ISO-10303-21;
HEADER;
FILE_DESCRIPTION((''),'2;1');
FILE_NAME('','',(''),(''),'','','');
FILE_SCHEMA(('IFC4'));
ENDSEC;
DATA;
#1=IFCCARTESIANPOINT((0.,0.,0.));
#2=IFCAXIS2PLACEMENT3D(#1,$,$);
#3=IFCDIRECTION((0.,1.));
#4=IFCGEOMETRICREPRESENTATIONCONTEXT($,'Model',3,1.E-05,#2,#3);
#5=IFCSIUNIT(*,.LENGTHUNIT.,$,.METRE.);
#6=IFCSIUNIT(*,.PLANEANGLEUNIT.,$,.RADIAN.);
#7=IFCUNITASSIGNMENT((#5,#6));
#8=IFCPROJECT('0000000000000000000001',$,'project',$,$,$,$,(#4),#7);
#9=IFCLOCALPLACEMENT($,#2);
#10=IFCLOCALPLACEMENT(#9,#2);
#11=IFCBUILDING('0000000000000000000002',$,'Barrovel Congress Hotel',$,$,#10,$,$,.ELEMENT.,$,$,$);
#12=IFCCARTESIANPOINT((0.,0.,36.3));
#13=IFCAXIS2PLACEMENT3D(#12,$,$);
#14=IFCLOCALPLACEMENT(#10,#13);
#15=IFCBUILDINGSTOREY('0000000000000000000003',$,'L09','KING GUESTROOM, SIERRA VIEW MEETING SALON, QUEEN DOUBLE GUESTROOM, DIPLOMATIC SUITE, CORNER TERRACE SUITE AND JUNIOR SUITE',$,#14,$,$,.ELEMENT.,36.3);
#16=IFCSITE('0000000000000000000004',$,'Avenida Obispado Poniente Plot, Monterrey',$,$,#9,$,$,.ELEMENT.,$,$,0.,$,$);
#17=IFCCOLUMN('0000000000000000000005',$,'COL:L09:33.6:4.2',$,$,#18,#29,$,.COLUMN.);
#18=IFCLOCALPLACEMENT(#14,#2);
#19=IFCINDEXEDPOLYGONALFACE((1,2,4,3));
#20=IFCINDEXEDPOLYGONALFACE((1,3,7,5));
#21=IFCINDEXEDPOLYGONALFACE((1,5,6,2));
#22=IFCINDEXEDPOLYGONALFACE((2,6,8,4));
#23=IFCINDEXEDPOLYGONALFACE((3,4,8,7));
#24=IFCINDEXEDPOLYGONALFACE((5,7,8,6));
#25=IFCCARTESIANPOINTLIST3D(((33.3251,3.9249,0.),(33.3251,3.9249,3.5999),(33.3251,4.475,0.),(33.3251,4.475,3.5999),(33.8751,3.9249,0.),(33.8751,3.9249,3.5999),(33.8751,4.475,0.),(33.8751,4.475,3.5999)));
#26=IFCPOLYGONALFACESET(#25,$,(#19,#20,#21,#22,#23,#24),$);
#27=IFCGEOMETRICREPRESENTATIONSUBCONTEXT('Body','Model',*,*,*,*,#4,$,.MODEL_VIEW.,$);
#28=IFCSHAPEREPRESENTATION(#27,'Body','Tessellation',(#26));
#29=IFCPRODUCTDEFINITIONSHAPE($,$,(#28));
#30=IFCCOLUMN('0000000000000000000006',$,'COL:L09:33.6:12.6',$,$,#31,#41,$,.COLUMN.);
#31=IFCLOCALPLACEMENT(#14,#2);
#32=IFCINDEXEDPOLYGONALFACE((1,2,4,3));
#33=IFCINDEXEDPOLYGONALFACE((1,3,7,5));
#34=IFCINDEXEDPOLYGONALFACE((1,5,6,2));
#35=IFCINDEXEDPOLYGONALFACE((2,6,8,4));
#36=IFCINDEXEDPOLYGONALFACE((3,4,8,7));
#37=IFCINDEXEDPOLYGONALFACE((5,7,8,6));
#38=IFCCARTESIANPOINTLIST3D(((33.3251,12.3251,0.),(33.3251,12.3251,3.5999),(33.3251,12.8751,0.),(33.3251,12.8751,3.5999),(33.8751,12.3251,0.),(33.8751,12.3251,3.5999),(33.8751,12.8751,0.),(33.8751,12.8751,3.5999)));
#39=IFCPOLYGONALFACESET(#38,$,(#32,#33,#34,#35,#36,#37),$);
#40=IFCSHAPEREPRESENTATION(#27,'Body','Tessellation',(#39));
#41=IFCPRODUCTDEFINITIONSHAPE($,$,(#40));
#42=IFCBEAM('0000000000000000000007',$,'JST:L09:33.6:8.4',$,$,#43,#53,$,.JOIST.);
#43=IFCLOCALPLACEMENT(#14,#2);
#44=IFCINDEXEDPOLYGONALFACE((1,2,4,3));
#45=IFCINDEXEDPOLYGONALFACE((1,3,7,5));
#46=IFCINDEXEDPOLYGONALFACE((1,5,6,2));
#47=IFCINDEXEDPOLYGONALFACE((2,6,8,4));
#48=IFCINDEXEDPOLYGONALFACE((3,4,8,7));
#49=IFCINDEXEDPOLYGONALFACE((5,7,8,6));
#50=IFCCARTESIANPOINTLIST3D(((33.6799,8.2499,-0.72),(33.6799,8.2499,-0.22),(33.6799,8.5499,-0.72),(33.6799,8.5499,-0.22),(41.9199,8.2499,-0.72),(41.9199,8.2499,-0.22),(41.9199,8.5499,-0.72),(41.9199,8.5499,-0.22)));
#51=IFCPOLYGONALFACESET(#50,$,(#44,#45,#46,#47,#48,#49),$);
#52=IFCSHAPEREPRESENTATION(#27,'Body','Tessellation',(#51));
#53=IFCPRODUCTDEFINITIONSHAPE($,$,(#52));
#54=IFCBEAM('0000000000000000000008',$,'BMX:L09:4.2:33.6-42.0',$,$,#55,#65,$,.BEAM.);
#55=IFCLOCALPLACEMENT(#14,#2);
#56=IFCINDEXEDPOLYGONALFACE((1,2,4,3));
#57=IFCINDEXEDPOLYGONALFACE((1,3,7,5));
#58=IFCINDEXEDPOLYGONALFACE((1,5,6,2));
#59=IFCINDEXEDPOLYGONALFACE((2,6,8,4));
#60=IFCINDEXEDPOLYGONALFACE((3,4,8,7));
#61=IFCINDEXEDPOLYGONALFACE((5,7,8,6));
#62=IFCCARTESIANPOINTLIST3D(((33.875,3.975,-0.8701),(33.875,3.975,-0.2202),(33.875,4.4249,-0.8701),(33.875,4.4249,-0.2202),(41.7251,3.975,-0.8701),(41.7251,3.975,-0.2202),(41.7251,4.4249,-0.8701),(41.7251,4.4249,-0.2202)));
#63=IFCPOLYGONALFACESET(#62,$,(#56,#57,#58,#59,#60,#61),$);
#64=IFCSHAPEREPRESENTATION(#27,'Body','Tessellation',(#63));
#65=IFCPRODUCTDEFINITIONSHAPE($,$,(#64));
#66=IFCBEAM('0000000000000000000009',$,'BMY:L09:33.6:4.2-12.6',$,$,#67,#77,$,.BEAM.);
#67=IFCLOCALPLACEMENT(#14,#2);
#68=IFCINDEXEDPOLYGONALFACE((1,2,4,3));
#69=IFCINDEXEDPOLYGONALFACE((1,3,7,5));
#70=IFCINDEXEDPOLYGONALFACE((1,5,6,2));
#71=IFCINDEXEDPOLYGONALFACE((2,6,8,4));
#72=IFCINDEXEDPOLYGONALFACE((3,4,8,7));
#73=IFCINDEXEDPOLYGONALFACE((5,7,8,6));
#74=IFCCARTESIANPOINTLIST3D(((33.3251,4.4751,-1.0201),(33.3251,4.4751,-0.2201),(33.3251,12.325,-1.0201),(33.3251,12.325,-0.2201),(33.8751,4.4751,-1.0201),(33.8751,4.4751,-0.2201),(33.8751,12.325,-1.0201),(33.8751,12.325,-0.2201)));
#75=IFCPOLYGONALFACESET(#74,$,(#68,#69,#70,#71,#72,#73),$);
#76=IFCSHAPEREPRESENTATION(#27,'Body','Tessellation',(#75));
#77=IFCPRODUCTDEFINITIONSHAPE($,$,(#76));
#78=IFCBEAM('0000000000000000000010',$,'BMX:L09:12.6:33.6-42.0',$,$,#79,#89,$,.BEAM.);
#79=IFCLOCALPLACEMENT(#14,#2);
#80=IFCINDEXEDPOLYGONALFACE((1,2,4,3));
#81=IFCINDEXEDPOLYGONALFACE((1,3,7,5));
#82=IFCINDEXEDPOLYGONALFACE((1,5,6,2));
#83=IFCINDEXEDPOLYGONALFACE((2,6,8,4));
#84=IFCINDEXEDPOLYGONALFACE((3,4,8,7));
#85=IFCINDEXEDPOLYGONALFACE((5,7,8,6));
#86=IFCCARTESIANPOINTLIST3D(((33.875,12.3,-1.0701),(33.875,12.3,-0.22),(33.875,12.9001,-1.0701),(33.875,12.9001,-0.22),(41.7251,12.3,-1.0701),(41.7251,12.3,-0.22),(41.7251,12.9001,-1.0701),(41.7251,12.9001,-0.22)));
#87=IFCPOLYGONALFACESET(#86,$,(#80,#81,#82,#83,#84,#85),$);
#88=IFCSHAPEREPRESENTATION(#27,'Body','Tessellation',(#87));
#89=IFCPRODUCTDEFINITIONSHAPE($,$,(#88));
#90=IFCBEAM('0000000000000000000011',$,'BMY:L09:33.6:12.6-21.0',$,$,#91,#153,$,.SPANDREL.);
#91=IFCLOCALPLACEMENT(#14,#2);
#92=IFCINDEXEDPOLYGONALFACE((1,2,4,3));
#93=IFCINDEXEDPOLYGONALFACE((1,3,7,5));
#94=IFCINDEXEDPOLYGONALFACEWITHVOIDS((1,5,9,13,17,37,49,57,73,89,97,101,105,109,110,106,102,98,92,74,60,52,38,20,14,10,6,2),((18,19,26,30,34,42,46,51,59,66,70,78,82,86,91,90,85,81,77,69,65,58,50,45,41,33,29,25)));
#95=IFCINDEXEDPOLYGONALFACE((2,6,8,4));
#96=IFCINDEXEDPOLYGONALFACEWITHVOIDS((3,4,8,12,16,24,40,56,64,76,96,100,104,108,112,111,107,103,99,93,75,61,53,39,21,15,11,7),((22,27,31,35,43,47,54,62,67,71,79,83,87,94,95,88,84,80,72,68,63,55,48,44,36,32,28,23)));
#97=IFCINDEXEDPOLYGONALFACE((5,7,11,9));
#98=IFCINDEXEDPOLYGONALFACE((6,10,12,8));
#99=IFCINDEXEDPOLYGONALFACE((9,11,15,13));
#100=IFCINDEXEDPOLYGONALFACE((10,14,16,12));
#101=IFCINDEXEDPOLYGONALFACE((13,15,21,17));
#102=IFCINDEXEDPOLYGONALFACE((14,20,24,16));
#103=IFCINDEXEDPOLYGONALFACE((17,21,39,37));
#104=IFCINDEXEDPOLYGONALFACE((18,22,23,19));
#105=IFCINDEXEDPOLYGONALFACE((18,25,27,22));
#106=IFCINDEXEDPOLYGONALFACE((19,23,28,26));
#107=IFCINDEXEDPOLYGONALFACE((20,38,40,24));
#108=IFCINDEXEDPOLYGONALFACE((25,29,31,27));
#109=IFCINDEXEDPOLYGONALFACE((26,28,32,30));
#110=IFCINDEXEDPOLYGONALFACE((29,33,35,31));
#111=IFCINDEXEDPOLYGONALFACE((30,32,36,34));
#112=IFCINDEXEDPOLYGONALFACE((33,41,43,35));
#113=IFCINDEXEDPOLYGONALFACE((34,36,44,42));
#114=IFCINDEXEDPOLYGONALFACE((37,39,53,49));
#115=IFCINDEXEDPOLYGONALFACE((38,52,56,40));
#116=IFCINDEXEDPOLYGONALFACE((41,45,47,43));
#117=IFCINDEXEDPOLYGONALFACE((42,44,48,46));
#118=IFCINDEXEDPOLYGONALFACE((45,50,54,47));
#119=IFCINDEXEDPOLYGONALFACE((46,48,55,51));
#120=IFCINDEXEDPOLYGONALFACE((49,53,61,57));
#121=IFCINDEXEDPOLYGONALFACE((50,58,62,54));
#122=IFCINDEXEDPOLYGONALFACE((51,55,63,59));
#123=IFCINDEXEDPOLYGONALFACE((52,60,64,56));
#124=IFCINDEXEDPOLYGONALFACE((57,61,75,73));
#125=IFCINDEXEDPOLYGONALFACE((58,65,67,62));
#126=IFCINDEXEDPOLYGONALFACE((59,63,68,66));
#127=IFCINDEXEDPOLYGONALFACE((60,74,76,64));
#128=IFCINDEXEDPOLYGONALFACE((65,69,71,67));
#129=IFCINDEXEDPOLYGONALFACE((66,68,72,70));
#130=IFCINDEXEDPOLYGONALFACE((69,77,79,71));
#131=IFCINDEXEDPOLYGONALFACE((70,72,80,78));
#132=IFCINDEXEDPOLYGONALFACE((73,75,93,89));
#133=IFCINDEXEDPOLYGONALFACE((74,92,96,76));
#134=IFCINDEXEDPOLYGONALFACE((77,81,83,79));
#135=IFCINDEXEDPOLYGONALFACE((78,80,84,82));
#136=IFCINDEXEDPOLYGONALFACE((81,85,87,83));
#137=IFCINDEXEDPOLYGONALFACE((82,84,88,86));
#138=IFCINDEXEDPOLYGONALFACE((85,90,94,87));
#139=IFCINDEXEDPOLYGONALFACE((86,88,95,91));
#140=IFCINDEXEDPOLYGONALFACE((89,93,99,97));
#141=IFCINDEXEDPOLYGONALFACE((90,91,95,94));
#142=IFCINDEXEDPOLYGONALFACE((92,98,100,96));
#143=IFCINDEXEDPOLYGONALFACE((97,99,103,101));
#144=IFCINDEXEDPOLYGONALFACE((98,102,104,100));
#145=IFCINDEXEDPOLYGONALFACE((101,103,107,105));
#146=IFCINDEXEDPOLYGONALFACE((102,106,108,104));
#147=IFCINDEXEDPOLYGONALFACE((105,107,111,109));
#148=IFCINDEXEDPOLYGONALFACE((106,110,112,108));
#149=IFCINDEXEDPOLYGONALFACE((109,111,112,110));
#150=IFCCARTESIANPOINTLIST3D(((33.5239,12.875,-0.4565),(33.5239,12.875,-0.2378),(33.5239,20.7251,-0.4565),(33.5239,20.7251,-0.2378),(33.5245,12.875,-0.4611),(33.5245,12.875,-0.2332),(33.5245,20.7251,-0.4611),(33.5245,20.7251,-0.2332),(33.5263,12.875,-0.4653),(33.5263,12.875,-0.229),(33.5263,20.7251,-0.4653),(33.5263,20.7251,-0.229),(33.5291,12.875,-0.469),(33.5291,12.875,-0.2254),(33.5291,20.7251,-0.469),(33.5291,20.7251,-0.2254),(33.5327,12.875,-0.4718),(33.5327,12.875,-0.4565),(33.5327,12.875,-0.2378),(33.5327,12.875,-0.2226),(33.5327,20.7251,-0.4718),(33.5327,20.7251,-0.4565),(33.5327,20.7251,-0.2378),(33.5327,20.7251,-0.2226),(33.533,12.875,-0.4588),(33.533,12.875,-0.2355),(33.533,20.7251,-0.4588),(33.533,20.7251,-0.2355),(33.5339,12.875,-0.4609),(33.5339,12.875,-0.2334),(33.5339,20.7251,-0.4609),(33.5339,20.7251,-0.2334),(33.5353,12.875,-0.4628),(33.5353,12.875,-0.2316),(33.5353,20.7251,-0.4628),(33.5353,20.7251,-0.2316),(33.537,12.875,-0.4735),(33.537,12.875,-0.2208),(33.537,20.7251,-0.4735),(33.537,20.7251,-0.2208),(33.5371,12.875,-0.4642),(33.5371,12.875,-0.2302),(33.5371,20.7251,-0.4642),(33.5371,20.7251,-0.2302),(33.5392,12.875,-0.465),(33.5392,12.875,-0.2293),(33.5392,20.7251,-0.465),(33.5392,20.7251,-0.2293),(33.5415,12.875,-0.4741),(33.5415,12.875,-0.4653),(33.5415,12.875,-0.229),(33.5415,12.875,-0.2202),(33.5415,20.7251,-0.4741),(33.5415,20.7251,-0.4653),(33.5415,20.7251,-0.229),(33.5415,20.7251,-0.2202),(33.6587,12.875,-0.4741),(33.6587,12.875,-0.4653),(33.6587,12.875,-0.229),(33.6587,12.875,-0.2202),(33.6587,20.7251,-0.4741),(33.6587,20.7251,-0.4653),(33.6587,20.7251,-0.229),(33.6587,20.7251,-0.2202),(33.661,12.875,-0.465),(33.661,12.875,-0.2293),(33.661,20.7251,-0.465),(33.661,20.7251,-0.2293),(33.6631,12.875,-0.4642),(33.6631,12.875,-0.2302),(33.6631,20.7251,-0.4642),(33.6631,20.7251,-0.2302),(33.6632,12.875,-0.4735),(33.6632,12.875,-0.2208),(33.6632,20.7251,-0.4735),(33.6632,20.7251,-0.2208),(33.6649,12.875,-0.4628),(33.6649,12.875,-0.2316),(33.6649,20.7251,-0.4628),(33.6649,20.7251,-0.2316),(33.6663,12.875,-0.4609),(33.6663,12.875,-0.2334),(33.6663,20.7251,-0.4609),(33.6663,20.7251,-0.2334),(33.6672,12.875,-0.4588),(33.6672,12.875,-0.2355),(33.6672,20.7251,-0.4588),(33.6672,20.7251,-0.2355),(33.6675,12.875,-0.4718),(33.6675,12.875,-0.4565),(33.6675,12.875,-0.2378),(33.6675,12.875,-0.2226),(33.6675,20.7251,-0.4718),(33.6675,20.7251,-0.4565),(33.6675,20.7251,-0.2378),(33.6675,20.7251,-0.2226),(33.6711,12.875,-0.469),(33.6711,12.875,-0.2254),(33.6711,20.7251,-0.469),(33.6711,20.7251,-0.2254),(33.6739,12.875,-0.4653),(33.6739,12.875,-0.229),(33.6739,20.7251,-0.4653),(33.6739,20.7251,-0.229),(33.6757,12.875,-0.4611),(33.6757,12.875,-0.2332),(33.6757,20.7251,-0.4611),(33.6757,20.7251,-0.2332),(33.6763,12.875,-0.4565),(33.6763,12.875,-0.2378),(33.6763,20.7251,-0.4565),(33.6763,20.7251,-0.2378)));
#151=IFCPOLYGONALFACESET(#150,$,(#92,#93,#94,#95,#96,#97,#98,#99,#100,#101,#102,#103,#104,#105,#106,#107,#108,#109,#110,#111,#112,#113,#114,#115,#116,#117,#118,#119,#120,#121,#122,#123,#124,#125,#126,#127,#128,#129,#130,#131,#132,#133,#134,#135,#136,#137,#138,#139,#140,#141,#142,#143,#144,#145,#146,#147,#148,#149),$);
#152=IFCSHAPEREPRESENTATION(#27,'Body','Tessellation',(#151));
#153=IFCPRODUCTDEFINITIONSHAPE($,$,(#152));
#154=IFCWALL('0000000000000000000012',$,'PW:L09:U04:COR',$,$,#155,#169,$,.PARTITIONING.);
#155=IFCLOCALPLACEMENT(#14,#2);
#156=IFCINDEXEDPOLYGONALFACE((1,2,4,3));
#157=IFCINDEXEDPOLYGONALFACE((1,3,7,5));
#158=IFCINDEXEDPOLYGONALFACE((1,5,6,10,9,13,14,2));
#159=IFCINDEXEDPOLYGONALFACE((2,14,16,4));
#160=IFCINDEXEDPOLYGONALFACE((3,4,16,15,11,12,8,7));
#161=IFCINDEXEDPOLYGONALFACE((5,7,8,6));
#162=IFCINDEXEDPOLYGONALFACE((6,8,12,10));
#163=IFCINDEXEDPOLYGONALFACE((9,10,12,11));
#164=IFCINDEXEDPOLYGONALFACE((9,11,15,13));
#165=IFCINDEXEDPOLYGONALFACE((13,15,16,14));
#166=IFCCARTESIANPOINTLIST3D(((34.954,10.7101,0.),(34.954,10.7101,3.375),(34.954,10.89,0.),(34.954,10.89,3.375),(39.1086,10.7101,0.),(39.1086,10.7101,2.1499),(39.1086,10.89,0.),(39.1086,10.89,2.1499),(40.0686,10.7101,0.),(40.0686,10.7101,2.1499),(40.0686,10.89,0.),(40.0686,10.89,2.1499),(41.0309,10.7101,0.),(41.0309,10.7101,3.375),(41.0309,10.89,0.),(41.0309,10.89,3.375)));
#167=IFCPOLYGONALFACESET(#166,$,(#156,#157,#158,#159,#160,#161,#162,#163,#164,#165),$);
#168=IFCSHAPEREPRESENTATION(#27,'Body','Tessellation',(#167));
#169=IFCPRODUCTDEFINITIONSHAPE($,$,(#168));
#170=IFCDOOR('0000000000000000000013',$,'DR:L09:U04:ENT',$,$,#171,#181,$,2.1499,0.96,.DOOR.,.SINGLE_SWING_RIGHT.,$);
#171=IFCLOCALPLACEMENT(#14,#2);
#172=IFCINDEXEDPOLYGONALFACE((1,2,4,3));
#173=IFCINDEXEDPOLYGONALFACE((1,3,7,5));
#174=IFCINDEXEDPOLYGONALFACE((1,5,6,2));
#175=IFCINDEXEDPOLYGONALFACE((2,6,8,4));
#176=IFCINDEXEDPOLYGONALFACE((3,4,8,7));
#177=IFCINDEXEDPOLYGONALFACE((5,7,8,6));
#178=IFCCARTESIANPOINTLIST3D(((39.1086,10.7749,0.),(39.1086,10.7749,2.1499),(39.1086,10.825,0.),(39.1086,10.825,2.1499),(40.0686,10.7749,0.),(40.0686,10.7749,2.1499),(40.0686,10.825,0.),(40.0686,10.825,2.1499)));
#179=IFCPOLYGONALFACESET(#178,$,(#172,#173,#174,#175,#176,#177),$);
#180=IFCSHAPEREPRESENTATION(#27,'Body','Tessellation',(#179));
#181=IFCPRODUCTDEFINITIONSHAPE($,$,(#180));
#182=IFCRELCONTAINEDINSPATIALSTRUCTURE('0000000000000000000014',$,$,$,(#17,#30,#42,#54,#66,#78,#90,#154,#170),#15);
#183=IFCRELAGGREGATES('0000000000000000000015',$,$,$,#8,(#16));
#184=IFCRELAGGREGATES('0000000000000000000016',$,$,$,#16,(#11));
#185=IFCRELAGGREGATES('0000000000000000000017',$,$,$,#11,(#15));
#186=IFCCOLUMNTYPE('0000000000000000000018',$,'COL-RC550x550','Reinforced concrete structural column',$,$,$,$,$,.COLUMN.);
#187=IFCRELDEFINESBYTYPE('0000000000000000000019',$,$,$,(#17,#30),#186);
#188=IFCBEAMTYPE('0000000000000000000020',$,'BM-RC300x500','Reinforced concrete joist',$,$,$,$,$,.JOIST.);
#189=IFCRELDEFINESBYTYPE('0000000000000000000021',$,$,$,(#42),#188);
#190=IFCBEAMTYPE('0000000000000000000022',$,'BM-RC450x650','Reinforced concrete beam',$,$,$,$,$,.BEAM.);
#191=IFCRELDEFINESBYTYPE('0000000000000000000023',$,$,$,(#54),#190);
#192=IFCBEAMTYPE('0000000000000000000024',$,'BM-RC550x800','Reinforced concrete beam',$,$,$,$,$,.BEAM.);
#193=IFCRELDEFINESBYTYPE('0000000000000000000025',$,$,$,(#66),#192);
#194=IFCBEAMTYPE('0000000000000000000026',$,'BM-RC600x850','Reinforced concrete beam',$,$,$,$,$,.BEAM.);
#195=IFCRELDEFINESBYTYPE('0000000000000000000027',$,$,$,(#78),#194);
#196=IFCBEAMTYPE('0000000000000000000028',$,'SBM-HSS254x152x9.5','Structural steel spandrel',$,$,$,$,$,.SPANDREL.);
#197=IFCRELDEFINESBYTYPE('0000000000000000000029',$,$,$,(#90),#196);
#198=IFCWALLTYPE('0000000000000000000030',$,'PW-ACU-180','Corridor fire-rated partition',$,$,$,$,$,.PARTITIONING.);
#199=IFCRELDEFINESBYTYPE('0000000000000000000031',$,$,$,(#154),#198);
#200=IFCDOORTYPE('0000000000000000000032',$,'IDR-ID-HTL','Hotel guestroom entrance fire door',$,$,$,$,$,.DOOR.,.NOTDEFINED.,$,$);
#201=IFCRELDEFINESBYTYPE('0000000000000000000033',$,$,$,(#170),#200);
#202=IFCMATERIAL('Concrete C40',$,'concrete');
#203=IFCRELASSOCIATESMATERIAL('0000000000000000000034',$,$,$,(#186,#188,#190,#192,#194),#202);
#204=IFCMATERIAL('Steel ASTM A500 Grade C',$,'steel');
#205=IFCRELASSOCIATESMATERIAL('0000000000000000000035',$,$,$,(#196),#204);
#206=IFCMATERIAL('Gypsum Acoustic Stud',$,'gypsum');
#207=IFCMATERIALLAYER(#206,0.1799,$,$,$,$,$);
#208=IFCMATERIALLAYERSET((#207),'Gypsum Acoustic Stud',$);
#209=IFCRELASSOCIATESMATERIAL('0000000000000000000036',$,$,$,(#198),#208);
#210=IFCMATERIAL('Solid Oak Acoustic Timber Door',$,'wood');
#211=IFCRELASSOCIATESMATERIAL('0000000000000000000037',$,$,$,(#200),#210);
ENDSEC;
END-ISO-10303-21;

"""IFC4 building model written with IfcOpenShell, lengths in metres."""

from ifc_helpers import new_model, si_unit, direction, frame, frame_2d, origin, origin_2d, place, context, subcontext, project, spatial, rectangle, hollow_rectangle, extrude, material, layer, layer_set, material_profile, profile_set, type_object, element, fill, save


model = new_model("IFC4")

# Units and contexts
model_context = context("Model", 3, precision=1e-05, world=origin(), true_north=direction((0.0, 1.0)))
body_context = subcontext(model_context, "Body", "Model", "MODEL_VIEW")
ifc_project = project(units=[si_unit("LENGTHUNIT", "METRE"), si_unit("PLANEANGLEUNIT", "RADIAN")], contexts=[model_context])

# Site, building, storey
site_placement = place(None, origin())
site = spatial("IfcSite", under=ifc_project, at=site_placement, Name="Avenida Obispado Poniente Plot, Monterrey", CompositionType="ELEMENT", RefElevation=0.0)
building_placement = place(site_placement, origin())
building = spatial("IfcBuilding", under=site, at=building_placement, Name="Barrovel Congress Hotel", CompositionType="ELEMENT")
storey_placement = place(building_placement, frame((0.0, 0.0, 36.3)))
storey = spatial("IfcBuildingStorey", under=building, at=storey_placement, Name="L09", Description="KING GUESTROOM, SIERRA VIEW MEETING SALON, QUEEN DOUBLE GUESTROOM, DIPLOMATIC SUITE, CORNER TERRACE SUITE AND JUNIOR SUITE", CompositionType="ELEMENT", Elevation=36.3)

# Columns
ifc_material_1 = material(Name="Concrete C40", Category="concrete")
ifc_material_profile_1 = material_profile(ifc_material_1, rectangle(XDim=0.55, YDim=0.55, at=origin_2d()), Name="RC550x550")
ifc_profile_set_1 = profile_set([ifc_material_profile_1], Name="Concrete C40")
column_type = type_object("IfcColumnType", Name="COL-RC550x550", Description="Reinforced concrete structural column", PredefinedType="COLUMN", material=ifc_profile_set_1)
for number, where, z_axis, x_axis, name in (
    (1, (33.6001, 4.2, 0.0), (0.0, 0.0, 1.0), (1.0, 0.0, 0.0), "COL:L09:33.6:4.2"),
    (2, (33.6001, 12.6001, 0.0), (0.0, 0.0, 1.0), (1.0, 0.0, 0.0), "COL:L09:33.6:12.6"),
):
    element("IfcColumn", number, at=place(storey_placement, frame(where, z_axis=z_axis, x_axis=x_axis)), inside=storey, type_object=column_type, Name=name, PredefinedType="COLUMN", context=body_context, shape_type="SweptSolid", body=[
        extrude(rectangle(XDim=0.55, YDim=0.55, at=origin_2d()), origin(), (0.0, 0.0, 1.0), 3.5999),
    ])

# Beams
ifc_material_profile_2 = material_profile(ifc_material_1, rectangle(XDim=0.3, YDim=0.5, at=origin_2d()), Name="RC300x500")
ifc_profile_set_2 = profile_set([ifc_material_profile_2], Name="Concrete C40")
beam_type_1 = type_object("IfcBeamType", Name="BM-RC300x500", Description="Reinforced concrete joist", PredefinedType="JOIST", material=ifc_profile_set_2)
beam_1_placement = place(storey_placement, frame((33.6799, 8.3999, -0.47), z_axis=(1.0, 0.0, 0.0), x_axis=(0.0, 1.0, 0.0)))
element("IfcBeam", 3, at=beam_1_placement, inside=storey, type_object=beam_type_1, Name="JST:L09:33.6:8.4", PredefinedType="JOIST", context=body_context, shape_type="SweptSolid", body=[
    extrude(rectangle(XDim=0.3, YDim=0.5, at=origin_2d()), origin(), (0.0, 0.0, 1.0), 8.24),
])
ifc_material_profile_3 = material_profile(ifc_material_1, rectangle(XDim=0.45, YDim=0.6499, at=origin_2d()), Name="RC450x650")
ifc_profile_set_3 = profile_set([ifc_material_profile_3], Name="Concrete C40")
beam_type_2 = type_object("IfcBeamType", Name="BM-RC450x650", Description="Reinforced concrete beam", PredefinedType="BEAM", material=ifc_profile_set_3)
beam_2_placement = place(storey_placement, frame((33.875, 4.2, -0.5452), z_axis=(1.0, 0.0, 0.0), x_axis=(0.0, 1.0, 0.0)))
element("IfcBeam", 4, at=beam_2_placement, inside=storey, type_object=beam_type_2, Name="BMX:L09:4.2:33.6-42.0", PredefinedType="BEAM", context=body_context, shape_type="SweptSolid", body=[
    extrude(rectangle(XDim=0.45, YDim=0.6499, at=origin_2d()), origin(), (0.0, 0.0, 1.0), 7.8501),
])
ifc_material_profile_4 = material_profile(ifc_material_1, rectangle(XDim=0.55, YDim=0.8, at=origin_2d()), Name="RC550x800")
ifc_profile_set_4 = profile_set([ifc_material_profile_4], Name="Concrete C40")
beam_type_3 = type_object("IfcBeamType", Name="BM-RC550x800", Description="Reinforced concrete beam", PredefinedType="BEAM", material=ifc_profile_set_4)
beam_3_placement = place(storey_placement, frame((33.6001, 4.4751, -0.6201), z_axis=(0.0, 1.0, 0.0), x_axis=(-1.0, 0.0, 0.0)))
element("IfcBeam", 5, at=beam_3_placement, inside=storey, type_object=beam_type_3, Name="BMY:L09:33.6:4.2-12.6", PredefinedType="BEAM", context=body_context, shape_type="SweptSolid", body=[
    extrude(rectangle(XDim=0.55, YDim=0.8, at=origin_2d()), origin(), (0.0, 0.0, 1.0), 7.8499),
])
ifc_material_profile_5 = material_profile(ifc_material_1, rectangle(XDim=0.6001, YDim=0.8501, at=origin_2d()), Name="RC600x850")
ifc_profile_set_5 = profile_set([ifc_material_profile_5], Name="Concrete C40")
beam_type_4 = type_object("IfcBeamType", Name="BM-RC600x850", Description="Reinforced concrete beam", PredefinedType="BEAM", material=ifc_profile_set_5)
beam_4_placement = place(storey_placement, frame((33.875, 12.6001, -0.645), z_axis=(1.0, 0.0, 0.0), x_axis=(0.0, 1.0, 0.0)))
element("IfcBeam", 6, at=beam_4_placement, inside=storey, type_object=beam_type_4, Name="BMX:L09:12.6:33.6-42.0", PredefinedType="BEAM", context=body_context, shape_type="SweptSolid", body=[
    extrude(rectangle(XDim=0.6001, YDim=0.8501, at=origin_2d()), origin(), (0.0, 0.0, 1.0), 7.8501),
])
ifc_material_2 = material(Name="Steel ASTM A500 Grade C", Category="steel")
ifc_material_profile_6 = material_profile(ifc_material_2, hollow_rectangle(XDim=0.1523, YDim=0.2539, WallThickness=0.0088, InnerFilletRadius=0.0088, OuterFilletRadius=0.0176, at=origin_2d()), Name="HSS254x152x9.5")
ifc_profile_set_6 = profile_set([ifc_material_profile_6], Name="Steel ASTM A500 Grade C")
beam_type_5 = type_object("IfcBeamType", Name="SBM-HSS254x152x9.5", Description="Structural steel spandrel", PredefinedType="SPANDREL", material=ifc_profile_set_6)
beam_5_placement = place(storey_placement, frame((33.6001, 12.875, -0.3472), z_axis=(0.0, 1.0, 0.0), x_axis=(-1.0, 0.0, 0.0)))
element("IfcBeam", 7, at=beam_5_placement, inside=storey, type_object=beam_type_5, Name="BMY:L09:33.6:12.6-21.0", PredefinedType="SPANDREL", context=body_context, shape_type="SweptSolid", body=[
    extrude(hollow_rectangle(XDim=0.1523, YDim=0.2539, WallThickness=0.0088, InnerFilletRadius=0.0088, OuterFilletRadius=0.0176, at=origin_2d()), origin(), (0.0, 0.0, 1.0), 7.8501),
])

# Wall, opening, door
ifc_material_3 = material(Name="Gypsum Acoustic Stud", Category="gypsum")
ifc_layer_1 = layer(ifc_material_3, 0.1799)
ifc_layer_set_1 = layer_set([ifc_layer_1], Name="Gypsum Acoustic Stud")
wall_type_1 = type_object("IfcWallType", Name="PW-ACU-180", Description="Corridor fire-rated partition", PredefinedType="PARTITIONING", material=ifc_layer_set_1)
wall_1_placement = place(storey_placement, frame((34.9539, 10.8, 0.0), z_axis=(0.0, 0.0, 1.0), x_axis=(1.0, 0.0, 0.0)))
wall_1 = element("IfcWall", 8, at=wall_1_placement, inside=storey, type_object=wall_type_1, Name="PW:L09:U04:COR", PredefinedType="PARTITIONING", context=body_context, shape_type="SweptSolid", body=[
    extrude(rectangle(XDim=6.0769, YDim=0.1799, at=frame_2d((3.0386, 0.0))), origin(), (0.0, 0.0, 1.0), 3.375),
])
opening_1_placement = place(wall_1_placement, frame((4.1548, 0.0, 0.0)))
opening_1 = element("IfcOpeningElement", 9, at=opening_1_placement, cuts=wall_1, PredefinedType="OPENING", context=body_context, shape_type="SweptSolid", body=[
    extrude(rectangle(XDim=0.96, YDim=2.1499, at=frame_2d((0.48, 1.075))), frame((0.0, 0.1001, 0.0), z_axis=(0.0, -1.0, 0.0), x_axis=(1.0, 0.0, 0.0)), (0.0, 0.0, 1.0), 0.2),
])
ifc_material_4 = material(Name="Solid Oak Acoustic Timber Door", Category="wood")
door_type_1 = type_object("IfcDoorType", Name="IDR-ID-HTL", Description="Hotel guestroom entrance fire door", OperationType="NOTDEFINED", PredefinedType="DOOR", material=ifc_material_4)
door_1_placement = place(opening_1_placement, origin())
door_1 = element("IfcDoor", 10, at=door_1_placement, inside=storey, type_object=door_type_1, Name="DR:L09:U04:ENT", OperationType="SINGLE_SWING_RIGHT", OverallHeight=2.1499, OverallWidth=0.96, PredefinedType="DOOR", context=body_context, shape_type="SweptSolid", body=[
    extrude(rectangle(XDim=0.96, YDim=2.1499, at=frame_2d((0.48, 1.075))), frame((0.0, 0.0249, 0.0), z_axis=(0.0, -1.0, 0.0), x_axis=(1.0, 0.0, 0.0)), (0.0, 0.0, 1.0), 0.05),
])
fill(opening_1, door_1)

save(model, "model.ifc")
